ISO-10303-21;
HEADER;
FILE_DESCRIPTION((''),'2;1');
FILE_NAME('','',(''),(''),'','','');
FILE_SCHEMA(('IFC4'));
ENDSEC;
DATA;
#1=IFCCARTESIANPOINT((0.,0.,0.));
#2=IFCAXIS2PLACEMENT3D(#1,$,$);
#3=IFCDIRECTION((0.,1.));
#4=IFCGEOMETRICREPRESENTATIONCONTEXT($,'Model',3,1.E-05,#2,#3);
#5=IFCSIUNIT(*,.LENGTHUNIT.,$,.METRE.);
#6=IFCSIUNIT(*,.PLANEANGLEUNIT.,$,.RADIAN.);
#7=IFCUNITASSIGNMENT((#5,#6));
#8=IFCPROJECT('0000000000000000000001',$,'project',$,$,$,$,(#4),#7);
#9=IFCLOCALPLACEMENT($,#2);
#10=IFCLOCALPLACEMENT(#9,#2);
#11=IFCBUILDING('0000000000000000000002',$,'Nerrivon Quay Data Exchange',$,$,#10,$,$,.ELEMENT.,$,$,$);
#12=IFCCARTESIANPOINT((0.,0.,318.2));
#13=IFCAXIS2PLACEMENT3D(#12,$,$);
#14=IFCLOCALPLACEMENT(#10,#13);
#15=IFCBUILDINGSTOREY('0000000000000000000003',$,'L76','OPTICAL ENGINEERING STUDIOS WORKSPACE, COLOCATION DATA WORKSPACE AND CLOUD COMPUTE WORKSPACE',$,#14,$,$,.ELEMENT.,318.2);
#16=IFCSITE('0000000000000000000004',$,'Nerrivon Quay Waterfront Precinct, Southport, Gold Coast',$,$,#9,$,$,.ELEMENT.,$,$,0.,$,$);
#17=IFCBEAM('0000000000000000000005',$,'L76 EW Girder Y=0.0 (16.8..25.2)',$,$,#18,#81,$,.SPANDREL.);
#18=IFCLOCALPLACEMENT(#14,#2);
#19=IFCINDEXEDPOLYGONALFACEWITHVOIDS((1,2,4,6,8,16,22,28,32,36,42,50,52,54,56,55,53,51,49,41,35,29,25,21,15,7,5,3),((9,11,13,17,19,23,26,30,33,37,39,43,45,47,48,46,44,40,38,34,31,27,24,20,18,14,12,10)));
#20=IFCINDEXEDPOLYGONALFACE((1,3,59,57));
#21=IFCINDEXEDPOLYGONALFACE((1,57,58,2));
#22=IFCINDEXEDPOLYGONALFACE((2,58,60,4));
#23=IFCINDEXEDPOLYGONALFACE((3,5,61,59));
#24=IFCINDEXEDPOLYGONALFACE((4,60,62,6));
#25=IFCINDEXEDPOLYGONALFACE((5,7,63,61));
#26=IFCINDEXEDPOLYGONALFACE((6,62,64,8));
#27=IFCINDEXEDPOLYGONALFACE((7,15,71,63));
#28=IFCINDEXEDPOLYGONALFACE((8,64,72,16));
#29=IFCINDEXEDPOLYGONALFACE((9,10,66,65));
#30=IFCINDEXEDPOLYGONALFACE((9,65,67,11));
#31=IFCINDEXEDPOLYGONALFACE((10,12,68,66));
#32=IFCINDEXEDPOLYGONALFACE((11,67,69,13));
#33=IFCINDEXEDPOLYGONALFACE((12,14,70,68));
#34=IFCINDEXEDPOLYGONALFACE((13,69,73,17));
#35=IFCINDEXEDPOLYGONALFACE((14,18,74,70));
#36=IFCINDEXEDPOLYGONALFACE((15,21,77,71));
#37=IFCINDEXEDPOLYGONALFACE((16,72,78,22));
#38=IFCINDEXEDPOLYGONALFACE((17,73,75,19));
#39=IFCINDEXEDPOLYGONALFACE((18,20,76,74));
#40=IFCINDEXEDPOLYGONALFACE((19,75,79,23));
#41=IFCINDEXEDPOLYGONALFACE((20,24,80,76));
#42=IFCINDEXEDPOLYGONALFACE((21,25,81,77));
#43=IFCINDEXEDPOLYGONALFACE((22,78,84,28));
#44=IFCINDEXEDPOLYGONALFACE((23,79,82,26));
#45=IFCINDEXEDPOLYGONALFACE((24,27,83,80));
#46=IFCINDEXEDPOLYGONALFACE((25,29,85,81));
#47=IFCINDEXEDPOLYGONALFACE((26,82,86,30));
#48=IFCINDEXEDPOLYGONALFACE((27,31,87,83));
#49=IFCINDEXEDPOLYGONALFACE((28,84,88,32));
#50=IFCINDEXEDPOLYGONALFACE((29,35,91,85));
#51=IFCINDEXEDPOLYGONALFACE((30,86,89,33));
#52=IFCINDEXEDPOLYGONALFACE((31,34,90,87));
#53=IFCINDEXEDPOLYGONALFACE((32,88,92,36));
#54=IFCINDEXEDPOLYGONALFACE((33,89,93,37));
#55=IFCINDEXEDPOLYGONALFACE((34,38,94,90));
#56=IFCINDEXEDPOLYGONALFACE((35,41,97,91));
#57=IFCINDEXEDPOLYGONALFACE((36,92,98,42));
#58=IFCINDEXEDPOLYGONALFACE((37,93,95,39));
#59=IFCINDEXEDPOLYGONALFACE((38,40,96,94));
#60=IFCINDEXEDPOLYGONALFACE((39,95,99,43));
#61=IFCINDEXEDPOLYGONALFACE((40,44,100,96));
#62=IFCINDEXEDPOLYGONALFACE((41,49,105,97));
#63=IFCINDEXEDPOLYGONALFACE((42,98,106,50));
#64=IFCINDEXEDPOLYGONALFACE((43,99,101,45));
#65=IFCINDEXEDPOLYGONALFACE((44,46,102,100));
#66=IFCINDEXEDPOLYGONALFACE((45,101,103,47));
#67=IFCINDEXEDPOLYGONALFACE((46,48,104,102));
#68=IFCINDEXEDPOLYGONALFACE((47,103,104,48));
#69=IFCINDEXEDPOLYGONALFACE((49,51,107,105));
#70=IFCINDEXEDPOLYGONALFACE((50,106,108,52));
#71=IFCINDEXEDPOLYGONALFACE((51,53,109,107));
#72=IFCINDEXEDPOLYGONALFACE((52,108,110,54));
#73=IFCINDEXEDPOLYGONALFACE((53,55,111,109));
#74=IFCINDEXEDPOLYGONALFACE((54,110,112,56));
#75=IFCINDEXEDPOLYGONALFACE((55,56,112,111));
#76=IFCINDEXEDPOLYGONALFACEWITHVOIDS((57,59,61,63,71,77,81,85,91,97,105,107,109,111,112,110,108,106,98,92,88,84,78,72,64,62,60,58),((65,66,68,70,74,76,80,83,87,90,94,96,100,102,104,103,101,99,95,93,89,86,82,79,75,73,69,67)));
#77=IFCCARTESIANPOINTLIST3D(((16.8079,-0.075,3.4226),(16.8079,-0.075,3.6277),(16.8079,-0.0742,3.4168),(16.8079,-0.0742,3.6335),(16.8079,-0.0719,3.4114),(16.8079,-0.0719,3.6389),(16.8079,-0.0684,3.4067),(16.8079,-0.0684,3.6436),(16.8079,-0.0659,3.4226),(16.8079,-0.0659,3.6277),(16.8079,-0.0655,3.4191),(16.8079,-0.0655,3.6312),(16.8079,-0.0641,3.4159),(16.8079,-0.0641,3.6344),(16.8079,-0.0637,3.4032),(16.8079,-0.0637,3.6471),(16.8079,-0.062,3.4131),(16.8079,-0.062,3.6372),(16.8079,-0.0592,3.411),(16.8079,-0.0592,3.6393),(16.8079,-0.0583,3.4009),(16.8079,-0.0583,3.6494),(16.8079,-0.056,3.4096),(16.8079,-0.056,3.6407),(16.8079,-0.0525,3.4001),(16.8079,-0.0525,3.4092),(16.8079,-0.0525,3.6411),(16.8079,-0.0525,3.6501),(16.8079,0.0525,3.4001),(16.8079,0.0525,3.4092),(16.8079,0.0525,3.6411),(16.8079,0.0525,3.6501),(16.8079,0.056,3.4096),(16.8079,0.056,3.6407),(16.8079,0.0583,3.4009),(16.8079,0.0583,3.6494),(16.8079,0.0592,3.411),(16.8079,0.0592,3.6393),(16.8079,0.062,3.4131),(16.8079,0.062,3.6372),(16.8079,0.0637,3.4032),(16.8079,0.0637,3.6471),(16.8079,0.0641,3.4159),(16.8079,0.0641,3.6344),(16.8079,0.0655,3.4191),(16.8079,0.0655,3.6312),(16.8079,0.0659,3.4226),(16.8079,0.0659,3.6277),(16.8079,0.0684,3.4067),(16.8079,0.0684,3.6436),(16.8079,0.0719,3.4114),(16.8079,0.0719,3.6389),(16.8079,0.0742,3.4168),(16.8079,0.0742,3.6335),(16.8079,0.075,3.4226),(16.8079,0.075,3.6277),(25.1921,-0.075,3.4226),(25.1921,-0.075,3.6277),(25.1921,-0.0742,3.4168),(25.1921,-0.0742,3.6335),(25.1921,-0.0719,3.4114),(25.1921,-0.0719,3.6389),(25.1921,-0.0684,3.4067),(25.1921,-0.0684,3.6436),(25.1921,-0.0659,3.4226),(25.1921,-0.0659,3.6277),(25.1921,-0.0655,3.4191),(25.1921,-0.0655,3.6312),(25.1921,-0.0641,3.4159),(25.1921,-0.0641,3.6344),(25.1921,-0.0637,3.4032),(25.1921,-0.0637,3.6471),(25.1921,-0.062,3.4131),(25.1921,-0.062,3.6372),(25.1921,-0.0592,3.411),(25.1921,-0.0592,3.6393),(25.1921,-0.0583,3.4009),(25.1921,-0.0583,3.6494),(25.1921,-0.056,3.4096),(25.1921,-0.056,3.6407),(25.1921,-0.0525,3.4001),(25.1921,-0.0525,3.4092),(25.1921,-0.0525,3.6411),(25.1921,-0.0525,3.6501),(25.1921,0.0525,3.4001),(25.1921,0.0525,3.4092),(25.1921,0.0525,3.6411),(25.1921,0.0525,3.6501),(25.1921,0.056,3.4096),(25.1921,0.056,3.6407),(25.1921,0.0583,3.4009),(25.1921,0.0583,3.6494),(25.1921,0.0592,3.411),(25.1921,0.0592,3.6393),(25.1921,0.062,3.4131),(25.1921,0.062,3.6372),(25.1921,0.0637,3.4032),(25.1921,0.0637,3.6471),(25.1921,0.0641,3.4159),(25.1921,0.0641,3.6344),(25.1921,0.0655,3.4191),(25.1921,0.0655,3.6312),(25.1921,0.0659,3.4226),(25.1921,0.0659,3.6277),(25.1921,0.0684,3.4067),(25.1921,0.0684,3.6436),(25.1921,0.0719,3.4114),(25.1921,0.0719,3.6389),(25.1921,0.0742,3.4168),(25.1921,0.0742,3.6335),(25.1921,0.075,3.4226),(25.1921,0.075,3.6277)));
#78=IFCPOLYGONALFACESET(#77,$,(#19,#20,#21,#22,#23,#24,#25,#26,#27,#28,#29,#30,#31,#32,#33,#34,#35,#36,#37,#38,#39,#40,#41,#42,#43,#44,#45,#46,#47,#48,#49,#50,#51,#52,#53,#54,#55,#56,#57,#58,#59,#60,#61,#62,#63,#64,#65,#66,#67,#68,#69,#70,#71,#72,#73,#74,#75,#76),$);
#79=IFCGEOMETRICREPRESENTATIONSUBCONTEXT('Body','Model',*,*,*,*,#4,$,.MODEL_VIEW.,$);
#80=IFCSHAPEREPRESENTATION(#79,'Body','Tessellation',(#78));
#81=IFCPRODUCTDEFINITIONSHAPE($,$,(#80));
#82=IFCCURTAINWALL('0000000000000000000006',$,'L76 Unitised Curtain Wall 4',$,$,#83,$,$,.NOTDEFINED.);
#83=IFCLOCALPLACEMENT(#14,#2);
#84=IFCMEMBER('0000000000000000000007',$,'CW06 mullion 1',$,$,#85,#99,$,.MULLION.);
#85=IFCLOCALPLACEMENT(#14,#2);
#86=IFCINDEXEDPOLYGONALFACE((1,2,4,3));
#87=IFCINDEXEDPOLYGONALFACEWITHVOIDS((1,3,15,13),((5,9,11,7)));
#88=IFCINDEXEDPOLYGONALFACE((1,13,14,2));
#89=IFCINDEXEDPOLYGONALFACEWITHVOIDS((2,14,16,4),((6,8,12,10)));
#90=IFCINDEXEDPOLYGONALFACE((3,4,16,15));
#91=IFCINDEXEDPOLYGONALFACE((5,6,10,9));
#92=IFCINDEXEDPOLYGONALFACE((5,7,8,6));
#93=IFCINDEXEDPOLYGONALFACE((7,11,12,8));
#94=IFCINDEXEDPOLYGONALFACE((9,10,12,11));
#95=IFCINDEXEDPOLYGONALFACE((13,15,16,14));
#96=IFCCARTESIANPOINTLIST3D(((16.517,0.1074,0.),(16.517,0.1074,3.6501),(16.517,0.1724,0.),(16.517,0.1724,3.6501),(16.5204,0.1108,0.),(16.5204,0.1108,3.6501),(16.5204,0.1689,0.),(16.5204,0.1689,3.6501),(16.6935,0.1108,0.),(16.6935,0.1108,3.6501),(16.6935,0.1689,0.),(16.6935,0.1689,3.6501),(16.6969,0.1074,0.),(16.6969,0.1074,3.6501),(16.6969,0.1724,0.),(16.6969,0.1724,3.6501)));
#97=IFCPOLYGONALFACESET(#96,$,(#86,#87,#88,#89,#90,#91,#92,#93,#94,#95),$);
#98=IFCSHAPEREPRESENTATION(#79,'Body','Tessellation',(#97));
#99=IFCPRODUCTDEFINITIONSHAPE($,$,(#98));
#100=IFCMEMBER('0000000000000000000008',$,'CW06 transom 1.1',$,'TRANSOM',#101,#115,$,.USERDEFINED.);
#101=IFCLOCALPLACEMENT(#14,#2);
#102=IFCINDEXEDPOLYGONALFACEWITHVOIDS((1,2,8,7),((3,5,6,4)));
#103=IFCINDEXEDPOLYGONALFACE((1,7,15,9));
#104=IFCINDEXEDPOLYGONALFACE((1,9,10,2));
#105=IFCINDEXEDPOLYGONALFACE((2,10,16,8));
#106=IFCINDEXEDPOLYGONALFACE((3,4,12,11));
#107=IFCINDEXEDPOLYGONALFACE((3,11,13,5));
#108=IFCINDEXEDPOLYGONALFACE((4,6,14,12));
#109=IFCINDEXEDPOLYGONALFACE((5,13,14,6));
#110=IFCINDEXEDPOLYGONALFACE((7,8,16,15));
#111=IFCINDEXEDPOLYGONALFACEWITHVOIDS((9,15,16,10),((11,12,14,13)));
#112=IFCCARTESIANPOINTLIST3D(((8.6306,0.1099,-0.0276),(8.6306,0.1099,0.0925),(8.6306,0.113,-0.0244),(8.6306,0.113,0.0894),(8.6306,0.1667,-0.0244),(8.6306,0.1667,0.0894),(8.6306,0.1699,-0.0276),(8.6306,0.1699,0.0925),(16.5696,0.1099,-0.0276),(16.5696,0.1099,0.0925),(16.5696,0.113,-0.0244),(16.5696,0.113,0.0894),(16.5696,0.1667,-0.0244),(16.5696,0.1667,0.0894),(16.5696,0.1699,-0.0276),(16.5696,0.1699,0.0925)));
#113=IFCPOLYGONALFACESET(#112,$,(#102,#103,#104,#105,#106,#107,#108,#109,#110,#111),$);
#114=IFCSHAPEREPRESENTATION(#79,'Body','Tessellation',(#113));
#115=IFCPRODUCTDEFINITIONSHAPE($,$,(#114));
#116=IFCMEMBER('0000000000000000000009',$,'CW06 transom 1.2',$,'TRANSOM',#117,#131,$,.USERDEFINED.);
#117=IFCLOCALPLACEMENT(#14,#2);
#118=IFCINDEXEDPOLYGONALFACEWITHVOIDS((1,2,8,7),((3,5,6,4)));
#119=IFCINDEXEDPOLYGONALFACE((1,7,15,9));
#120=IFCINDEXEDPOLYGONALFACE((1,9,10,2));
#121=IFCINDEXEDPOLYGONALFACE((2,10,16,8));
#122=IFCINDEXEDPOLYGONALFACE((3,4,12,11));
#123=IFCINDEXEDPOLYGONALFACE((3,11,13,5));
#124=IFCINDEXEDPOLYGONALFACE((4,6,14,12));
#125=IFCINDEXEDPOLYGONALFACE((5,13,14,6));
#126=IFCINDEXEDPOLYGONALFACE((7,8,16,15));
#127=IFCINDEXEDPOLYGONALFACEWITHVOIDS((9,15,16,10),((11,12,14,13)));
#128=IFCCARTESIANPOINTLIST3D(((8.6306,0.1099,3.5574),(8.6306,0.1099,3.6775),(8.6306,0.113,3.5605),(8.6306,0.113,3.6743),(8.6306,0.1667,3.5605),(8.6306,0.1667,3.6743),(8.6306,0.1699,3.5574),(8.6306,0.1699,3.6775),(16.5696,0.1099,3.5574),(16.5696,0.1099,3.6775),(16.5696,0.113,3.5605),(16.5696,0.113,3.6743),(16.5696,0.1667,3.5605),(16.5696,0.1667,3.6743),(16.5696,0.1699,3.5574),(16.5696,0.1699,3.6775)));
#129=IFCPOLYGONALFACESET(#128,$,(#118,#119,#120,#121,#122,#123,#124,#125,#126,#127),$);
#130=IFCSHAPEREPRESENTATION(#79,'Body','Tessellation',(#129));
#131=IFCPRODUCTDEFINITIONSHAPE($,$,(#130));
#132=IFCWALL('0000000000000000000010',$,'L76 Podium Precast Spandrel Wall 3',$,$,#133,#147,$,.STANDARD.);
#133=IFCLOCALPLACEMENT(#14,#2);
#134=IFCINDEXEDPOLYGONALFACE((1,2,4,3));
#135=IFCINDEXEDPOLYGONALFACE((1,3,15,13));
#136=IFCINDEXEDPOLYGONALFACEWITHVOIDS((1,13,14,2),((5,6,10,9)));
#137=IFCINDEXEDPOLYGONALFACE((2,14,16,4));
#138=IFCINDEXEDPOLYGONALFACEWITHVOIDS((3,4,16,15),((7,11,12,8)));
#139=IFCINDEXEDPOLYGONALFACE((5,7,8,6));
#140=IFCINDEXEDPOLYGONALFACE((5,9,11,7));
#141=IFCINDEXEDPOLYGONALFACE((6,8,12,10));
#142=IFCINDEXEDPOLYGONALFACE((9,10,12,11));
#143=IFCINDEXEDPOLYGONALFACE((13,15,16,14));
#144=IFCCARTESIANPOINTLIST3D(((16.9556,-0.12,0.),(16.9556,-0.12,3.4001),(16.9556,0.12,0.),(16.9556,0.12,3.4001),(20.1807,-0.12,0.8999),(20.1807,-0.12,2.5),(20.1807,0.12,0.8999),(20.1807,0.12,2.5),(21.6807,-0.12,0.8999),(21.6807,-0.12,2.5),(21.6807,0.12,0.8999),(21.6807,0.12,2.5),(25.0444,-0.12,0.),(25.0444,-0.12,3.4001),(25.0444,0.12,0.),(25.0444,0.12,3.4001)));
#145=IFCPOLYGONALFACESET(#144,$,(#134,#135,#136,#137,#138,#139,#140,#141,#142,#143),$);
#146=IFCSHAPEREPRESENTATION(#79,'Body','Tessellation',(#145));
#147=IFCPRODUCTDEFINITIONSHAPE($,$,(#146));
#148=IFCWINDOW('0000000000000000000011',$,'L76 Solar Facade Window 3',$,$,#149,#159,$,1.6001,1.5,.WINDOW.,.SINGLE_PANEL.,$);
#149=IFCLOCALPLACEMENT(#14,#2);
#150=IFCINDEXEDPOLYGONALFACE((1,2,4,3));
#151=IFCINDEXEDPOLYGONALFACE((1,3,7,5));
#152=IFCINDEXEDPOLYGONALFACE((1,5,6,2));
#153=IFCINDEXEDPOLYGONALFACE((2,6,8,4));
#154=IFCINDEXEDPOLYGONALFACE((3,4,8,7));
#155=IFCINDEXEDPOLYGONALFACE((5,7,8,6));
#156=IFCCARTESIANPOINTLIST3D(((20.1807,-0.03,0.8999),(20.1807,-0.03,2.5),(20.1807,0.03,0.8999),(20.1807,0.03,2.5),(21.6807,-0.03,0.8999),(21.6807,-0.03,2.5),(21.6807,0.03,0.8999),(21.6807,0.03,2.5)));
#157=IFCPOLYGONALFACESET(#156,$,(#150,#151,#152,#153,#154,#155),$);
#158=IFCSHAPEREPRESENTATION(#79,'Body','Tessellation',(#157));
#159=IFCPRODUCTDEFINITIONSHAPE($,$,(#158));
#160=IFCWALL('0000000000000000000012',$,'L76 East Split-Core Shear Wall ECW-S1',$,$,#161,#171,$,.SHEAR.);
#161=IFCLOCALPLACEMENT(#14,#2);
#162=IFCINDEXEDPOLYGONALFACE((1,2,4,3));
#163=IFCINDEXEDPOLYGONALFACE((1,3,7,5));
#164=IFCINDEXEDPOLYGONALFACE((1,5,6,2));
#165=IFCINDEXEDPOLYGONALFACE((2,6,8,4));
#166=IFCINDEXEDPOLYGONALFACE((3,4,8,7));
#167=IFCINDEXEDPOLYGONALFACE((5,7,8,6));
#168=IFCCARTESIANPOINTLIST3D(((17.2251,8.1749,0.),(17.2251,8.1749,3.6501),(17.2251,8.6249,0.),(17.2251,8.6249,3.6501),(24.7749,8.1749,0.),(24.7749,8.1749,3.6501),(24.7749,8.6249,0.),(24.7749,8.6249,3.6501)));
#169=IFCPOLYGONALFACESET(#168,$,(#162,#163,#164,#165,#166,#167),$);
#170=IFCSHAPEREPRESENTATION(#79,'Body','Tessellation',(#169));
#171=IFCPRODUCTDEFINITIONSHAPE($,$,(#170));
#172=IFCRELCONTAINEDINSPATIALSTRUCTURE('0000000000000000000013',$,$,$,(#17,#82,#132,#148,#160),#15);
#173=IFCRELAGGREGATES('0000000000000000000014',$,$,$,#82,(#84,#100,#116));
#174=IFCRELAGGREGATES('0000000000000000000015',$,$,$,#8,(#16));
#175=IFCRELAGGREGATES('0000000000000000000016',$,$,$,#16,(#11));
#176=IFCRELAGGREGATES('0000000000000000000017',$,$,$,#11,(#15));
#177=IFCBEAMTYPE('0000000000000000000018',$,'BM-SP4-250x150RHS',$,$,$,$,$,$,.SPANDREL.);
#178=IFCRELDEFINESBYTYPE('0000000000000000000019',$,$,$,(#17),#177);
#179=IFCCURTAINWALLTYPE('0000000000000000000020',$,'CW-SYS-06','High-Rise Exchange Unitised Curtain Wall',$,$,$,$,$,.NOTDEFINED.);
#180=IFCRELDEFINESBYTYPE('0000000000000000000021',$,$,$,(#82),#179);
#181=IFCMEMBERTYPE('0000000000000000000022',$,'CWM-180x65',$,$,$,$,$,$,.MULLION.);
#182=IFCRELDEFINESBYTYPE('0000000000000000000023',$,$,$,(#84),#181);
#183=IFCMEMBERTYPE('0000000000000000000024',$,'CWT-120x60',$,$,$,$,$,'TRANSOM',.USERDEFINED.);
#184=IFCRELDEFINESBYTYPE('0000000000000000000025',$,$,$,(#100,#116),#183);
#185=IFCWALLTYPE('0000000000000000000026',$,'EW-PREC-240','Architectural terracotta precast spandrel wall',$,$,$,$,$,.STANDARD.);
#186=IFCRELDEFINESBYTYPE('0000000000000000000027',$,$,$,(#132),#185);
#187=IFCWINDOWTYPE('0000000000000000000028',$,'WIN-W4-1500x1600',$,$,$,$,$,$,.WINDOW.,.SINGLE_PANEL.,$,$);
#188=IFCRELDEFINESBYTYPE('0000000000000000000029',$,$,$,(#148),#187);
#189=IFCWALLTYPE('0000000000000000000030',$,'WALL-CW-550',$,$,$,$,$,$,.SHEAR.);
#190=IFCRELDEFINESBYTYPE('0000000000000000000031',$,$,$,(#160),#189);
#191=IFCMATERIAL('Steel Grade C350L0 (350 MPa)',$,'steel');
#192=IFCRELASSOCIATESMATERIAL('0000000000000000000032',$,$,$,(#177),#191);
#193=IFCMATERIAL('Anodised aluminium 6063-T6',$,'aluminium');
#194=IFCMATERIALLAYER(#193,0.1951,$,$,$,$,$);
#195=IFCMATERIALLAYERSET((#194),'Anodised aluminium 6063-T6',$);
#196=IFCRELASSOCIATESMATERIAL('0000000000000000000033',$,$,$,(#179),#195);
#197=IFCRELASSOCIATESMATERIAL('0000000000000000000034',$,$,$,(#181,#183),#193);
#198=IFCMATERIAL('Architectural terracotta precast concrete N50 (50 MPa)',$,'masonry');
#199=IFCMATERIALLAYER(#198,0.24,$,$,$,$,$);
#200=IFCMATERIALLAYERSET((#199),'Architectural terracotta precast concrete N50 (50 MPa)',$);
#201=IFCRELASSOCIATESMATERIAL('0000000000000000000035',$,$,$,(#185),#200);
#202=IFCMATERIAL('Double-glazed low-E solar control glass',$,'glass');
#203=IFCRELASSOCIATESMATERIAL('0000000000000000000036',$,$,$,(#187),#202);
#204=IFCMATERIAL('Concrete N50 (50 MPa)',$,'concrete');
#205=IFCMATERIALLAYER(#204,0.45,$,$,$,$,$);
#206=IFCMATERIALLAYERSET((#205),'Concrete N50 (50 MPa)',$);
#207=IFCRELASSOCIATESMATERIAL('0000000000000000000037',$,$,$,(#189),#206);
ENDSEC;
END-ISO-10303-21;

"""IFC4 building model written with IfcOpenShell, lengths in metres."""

from ifc_helpers import new_model, si_unit, direction, frame, frame_2d, origin, origin_2d, place, context, subcontext, project, spatial, rectangle, hollow_rectangle, extrude, material, layer, layer_set, material_profile, profile_set, type_object, element, fill, aggregate, save


model = new_model("IFC4")

# Units and contexts
model_context = context("Model", 3, precision=1e-05, world=origin(), true_north=direction((0.0, 1.0)))
body_context = subcontext(model_context, "Body", "Model", "MODEL_VIEW")
ifc_project = project(units=[si_unit("LENGTHUNIT", "METRE"), si_unit("PLANEANGLEUNIT", "RADIAN")], contexts=[model_context])

# Site, building, storey
site_placement = place(None, origin())
site = spatial("IfcSite", under=ifc_project, at=site_placement, Name="Nerrivon Quay Waterfront Precinct, Southport, Gold Coast", CompositionType="ELEMENT", RefElevation=0.0)
building_placement = place(site_placement, origin())
building = spatial("IfcBuilding", under=site, at=building_placement, Name="Nerrivon Quay Data Exchange", CompositionType="ELEMENT")
storey_placement = place(building_placement, frame((0.0, 0.0, 318.2)))
storey = spatial("IfcBuildingStorey", under=building, at=storey_placement, Name="L76", Description="OPTICAL ENGINEERING STUDIOS WORKSPACE, COLOCATION DATA WORKSPACE AND CLOUD COMPUTE WORKSPACE", CompositionType="ELEMENT", Elevation=318.2)

# Shared definitions
ifc_material_1 = material(Name="Concrete N50 (50 MPa)", Category="concrete")

# Beam
ifc_material_2 = material(Name="Steel Grade C350L0 (350 MPa)", Category="steel")
ifc_material_profile_1 = material_profile(ifc_material_2, hollow_rectangle(XDim=0.1499, YDim=0.25, WallThickness=0.009, InnerFilletRadius=0.0134, OuterFilletRadius=0.0225, at=origin_2d()), Name="250x150x9.0RHS")
ifc_profile_set_1 = profile_set([ifc_material_profile_1], Name="Steel Grade C350L0 (350 MPa)")
beam_type_1 = type_object("IfcBeamType", Name="BM-SP4-250x150RHS", PredefinedType="SPANDREL", material=ifc_profile_set_1)
beam_1_placement = place(storey_placement, frame((16.8079, 0.0, 3.5251), z_axis=(1.0, 0.0, 0.0), x_axis=(0.0, 1.0, 0.0)))
element("IfcBeam", 1, at=beam_1_placement, inside=storey, type_object=beam_type_1, Name="L76 EW Girder Y=0.0 (16.8..25.2)", PredefinedType="SPANDREL", context=body_context, shape_type="SweptSolid", body=[
    extrude(hollow_rectangle(XDim=0.1499, YDim=0.25, WallThickness=0.009, InnerFilletRadius=0.0134, OuterFilletRadius=0.0225, at=origin_2d()), origin(), (0.0, 0.0, 1.0), 8.3843),
])

# Curtain wall, members
ifc_material_3 = material(Name="Anodised aluminium 6063-T6", Category="aluminium")
ifc_layer_1 = layer(ifc_material_3, 0.1951)
ifc_layer_set_1 = layer_set([ifc_layer_1], Name="Anodised aluminium 6063-T6")
curtain_wall_type = type_object("IfcCurtainWallType", Name="CW-SYS-06", Description="High-Rise Exchange Unitised Curtain Wall", PredefinedType="NOTDEFINED", material=ifc_layer_set_1)
curtain_wall_placement = place(storey_placement, origin())
curtain_wall = element("IfcCurtainWall", 2, at=curtain_wall_placement, inside=storey, type_object=curtain_wall_type, Name="L76 Unitised Curtain Wall 4", PredefinedType="NOTDEFINED")
ifc_material_profile_2 = material_profile(ifc_material_3, hollow_rectangle(XDim=0.0649, YDim=0.1799, WallThickness=0.0034, at=origin_2d()), Name="ALU-MULL-180x65")
ifc_profile_set_2 = profile_set([ifc_material_profile_2], Name="Anodised aluminium 6063-T6")
member_type_1 = type_object("IfcMemberType", Name="CWM-180x65", PredefinedType="MULLION", material=ifc_profile_set_2)
member_1_placement = place(storey_placement, frame((16.6069, 0.1399, 0.0), z_axis=(0.0, 0.0, 1.0), x_axis=(0.0, -1.0, 0.0)))
member_1 = element("IfcMember", 3, at=member_1_placement, type_object=member_type_1, Name="CW06 mullion 1", PredefinedType="MULLION", context=body_context, shape_type="SweptSolid", body=[
    extrude(hollow_rectangle(XDim=0.0649, YDim=0.1799, WallThickness=0.0034, at=origin_2d()), origin(), (0.0, 0.0, 1.0), 3.6501),
])
ifc_material_profile_3 = material_profile(ifc_material_3, hollow_rectangle(XDim=0.0601, YDim=0.1201, WallThickness=0.0032, at=origin_2d()), Name="ALU-TRAN-120x60")
ifc_profile_set_3 = profile_set([ifc_material_profile_3], Name="Anodised aluminium 6063-T6")
member_type_2 = type_object("IfcMemberType", Name="CWT-120x60", ElementType="TRANSOM", PredefinedType="USERDEFINED", material=ifc_profile_set_3)
member_2_placement = place(storey_placement, frame((16.5696, 0.1399, 0.0325), z_axis=(-1.0, 0.0, 0.0), x_axis=(0.0, -1.0, 0.0)))
member_2 = element("IfcMember", 4, at=member_2_placement, type_object=member_type_2, Name="CW06 transom 1.1", ObjectType="TRANSOM", PredefinedType="USERDEFINED", context=body_context, shape_type="SweptSolid", body=[
    extrude(hollow_rectangle(XDim=0.0601, YDim=0.1201, WallThickness=0.0032, at=origin_2d()), origin(), (0.0, 0.0, 1.0), 7.939),
])
member_3_placement = place(storey_placement, frame((16.5696, 0.1399, 3.6174), z_axis=(-1.0, 0.0, 0.0), x_axis=(0.0, -1.0, 0.0)))
member_3 = element("IfcMember", 5, at=member_3_placement, type_object=member_type_2, Name="CW06 transom 1.2", ObjectType="TRANSOM", PredefinedType="USERDEFINED", context=body_context, shape_type="SweptSolid", body=[
    extrude(hollow_rectangle(XDim=0.0601, YDim=0.1201, WallThickness=0.0032, at=origin_2d()), origin(), (0.0, 0.0, 1.0), 7.939),
])
aggregate(curtain_wall, [member_1, member_2, member_3])

# Wall, opening, window
ifc_material_4 = material(Name="Architectural terracotta precast concrete N50 (50 MPa)", Category="masonry")
ifc_layer_2 = layer(ifc_material_4, 0.24)
ifc_layer_set_2 = layer_set([ifc_layer_2], Name="Architectural terracotta precast concrete N50 (50 MPa)")
wall_type_1 = type_object("IfcWallType", Name="EW-PREC-240", Description="Architectural terracotta precast spandrel wall", PredefinedType="STANDARD", material=ifc_layer_set_2)
wall_1_placement = place(storey_placement, frame((25.0444, 0.0, 0.0), z_axis=(0.0, 0.0, 1.0), x_axis=(-1.0, 0.0, 0.0)))
wall_1 = element("IfcWall", 6, at=wall_1_placement, inside=storey, type_object=wall_type_1, Name="L76 Podium Precast Spandrel Wall 3", PredefinedType="STANDARD", context=body_context, shape_type="SweptSolid", body=[
    extrude(rectangle(XDim=8.0889, YDim=0.24, at=frame_2d((4.0444, 0.0))), origin(), (0.0, 0.0, 1.0), 3.4001),
])
opening_1_placement = place(wall_1_placement, frame((3.3638, 0.0, 0.8999)))
opening_1 = element("IfcOpeningElement", 7, at=opening_1_placement, cuts=wall_1, PredefinedType="OPENING", context=body_context, shape_type="SweptSolid", body=[
    extrude(rectangle(XDim=1.5, YDim=1.6001, at=frame_2d((0.75, 0.8))), frame((0.0, 0.1299, 0.0), z_axis=(0.0, -1.0, 0.0), x_axis=(1.0, 0.0, 0.0)), (0.0, 0.0, 1.0), 0.26),
])
ifc_material_5 = material(Name="Double-glazed low-E solar control glass", Category="glass")
window_type = type_object("IfcWindowType", Name="WIN-W4-1500x1600", PartitioningType="SINGLE_PANEL", PredefinedType="WINDOW", material=ifc_material_5)
window_placement = place(opening_1_placement, origin())
window = element("IfcWindow", 8, at=window_placement, inside=storey, type_object=window_type, Name="L76 Solar Facade Window 3", OverallHeight=1.6001, OverallWidth=1.5, PartitioningType="SINGLE_PANEL", PredefinedType="WINDOW", context=body_context, shape_type="SweptSolid", body=[
    extrude(rectangle(XDim=1.5, YDim=1.6001, at=frame_2d((0.75, 0.8))), frame((0.0, 0.03, 0.0), z_axis=(0.0, -1.0, 0.0), x_axis=(1.0, 0.0, 0.0)), (0.0, 0.0, 1.0), 0.0601),
])
fill(opening_1, window)

# Wall
ifc_layer_3 = layer(ifc_material_1, 0.45)
ifc_layer_set_3 = layer_set([ifc_layer_3], Name="Concrete N50 (50 MPa)")
wall_type_2 = type_object("IfcWallType", Name="WALL-CW-550", PredefinedType="SHEAR", material=ifc_layer_set_3)
wall_2_placement = place(storey_placement, frame((17.2251, 8.3999, 0.0), z_axis=(0.0, 0.0, 1.0), x_axis=(1.0, 0.0, 0.0)))
element("IfcWall", 9, at=wall_2_placement, inside=storey, type_object=wall_type_2, Name="L76 East Split-Core Shear Wall ECW-S1", PredefinedType="SHEAR", context=body_context, shape_type="SweptSolid", body=[
    extrude(rectangle(XDim=7.5498, YDim=0.45, at=frame_2d((3.7749, 0.0))), origin(), (0.0, 0.0, 1.0), 3.6501),
])

save(model, "model.ifc")
